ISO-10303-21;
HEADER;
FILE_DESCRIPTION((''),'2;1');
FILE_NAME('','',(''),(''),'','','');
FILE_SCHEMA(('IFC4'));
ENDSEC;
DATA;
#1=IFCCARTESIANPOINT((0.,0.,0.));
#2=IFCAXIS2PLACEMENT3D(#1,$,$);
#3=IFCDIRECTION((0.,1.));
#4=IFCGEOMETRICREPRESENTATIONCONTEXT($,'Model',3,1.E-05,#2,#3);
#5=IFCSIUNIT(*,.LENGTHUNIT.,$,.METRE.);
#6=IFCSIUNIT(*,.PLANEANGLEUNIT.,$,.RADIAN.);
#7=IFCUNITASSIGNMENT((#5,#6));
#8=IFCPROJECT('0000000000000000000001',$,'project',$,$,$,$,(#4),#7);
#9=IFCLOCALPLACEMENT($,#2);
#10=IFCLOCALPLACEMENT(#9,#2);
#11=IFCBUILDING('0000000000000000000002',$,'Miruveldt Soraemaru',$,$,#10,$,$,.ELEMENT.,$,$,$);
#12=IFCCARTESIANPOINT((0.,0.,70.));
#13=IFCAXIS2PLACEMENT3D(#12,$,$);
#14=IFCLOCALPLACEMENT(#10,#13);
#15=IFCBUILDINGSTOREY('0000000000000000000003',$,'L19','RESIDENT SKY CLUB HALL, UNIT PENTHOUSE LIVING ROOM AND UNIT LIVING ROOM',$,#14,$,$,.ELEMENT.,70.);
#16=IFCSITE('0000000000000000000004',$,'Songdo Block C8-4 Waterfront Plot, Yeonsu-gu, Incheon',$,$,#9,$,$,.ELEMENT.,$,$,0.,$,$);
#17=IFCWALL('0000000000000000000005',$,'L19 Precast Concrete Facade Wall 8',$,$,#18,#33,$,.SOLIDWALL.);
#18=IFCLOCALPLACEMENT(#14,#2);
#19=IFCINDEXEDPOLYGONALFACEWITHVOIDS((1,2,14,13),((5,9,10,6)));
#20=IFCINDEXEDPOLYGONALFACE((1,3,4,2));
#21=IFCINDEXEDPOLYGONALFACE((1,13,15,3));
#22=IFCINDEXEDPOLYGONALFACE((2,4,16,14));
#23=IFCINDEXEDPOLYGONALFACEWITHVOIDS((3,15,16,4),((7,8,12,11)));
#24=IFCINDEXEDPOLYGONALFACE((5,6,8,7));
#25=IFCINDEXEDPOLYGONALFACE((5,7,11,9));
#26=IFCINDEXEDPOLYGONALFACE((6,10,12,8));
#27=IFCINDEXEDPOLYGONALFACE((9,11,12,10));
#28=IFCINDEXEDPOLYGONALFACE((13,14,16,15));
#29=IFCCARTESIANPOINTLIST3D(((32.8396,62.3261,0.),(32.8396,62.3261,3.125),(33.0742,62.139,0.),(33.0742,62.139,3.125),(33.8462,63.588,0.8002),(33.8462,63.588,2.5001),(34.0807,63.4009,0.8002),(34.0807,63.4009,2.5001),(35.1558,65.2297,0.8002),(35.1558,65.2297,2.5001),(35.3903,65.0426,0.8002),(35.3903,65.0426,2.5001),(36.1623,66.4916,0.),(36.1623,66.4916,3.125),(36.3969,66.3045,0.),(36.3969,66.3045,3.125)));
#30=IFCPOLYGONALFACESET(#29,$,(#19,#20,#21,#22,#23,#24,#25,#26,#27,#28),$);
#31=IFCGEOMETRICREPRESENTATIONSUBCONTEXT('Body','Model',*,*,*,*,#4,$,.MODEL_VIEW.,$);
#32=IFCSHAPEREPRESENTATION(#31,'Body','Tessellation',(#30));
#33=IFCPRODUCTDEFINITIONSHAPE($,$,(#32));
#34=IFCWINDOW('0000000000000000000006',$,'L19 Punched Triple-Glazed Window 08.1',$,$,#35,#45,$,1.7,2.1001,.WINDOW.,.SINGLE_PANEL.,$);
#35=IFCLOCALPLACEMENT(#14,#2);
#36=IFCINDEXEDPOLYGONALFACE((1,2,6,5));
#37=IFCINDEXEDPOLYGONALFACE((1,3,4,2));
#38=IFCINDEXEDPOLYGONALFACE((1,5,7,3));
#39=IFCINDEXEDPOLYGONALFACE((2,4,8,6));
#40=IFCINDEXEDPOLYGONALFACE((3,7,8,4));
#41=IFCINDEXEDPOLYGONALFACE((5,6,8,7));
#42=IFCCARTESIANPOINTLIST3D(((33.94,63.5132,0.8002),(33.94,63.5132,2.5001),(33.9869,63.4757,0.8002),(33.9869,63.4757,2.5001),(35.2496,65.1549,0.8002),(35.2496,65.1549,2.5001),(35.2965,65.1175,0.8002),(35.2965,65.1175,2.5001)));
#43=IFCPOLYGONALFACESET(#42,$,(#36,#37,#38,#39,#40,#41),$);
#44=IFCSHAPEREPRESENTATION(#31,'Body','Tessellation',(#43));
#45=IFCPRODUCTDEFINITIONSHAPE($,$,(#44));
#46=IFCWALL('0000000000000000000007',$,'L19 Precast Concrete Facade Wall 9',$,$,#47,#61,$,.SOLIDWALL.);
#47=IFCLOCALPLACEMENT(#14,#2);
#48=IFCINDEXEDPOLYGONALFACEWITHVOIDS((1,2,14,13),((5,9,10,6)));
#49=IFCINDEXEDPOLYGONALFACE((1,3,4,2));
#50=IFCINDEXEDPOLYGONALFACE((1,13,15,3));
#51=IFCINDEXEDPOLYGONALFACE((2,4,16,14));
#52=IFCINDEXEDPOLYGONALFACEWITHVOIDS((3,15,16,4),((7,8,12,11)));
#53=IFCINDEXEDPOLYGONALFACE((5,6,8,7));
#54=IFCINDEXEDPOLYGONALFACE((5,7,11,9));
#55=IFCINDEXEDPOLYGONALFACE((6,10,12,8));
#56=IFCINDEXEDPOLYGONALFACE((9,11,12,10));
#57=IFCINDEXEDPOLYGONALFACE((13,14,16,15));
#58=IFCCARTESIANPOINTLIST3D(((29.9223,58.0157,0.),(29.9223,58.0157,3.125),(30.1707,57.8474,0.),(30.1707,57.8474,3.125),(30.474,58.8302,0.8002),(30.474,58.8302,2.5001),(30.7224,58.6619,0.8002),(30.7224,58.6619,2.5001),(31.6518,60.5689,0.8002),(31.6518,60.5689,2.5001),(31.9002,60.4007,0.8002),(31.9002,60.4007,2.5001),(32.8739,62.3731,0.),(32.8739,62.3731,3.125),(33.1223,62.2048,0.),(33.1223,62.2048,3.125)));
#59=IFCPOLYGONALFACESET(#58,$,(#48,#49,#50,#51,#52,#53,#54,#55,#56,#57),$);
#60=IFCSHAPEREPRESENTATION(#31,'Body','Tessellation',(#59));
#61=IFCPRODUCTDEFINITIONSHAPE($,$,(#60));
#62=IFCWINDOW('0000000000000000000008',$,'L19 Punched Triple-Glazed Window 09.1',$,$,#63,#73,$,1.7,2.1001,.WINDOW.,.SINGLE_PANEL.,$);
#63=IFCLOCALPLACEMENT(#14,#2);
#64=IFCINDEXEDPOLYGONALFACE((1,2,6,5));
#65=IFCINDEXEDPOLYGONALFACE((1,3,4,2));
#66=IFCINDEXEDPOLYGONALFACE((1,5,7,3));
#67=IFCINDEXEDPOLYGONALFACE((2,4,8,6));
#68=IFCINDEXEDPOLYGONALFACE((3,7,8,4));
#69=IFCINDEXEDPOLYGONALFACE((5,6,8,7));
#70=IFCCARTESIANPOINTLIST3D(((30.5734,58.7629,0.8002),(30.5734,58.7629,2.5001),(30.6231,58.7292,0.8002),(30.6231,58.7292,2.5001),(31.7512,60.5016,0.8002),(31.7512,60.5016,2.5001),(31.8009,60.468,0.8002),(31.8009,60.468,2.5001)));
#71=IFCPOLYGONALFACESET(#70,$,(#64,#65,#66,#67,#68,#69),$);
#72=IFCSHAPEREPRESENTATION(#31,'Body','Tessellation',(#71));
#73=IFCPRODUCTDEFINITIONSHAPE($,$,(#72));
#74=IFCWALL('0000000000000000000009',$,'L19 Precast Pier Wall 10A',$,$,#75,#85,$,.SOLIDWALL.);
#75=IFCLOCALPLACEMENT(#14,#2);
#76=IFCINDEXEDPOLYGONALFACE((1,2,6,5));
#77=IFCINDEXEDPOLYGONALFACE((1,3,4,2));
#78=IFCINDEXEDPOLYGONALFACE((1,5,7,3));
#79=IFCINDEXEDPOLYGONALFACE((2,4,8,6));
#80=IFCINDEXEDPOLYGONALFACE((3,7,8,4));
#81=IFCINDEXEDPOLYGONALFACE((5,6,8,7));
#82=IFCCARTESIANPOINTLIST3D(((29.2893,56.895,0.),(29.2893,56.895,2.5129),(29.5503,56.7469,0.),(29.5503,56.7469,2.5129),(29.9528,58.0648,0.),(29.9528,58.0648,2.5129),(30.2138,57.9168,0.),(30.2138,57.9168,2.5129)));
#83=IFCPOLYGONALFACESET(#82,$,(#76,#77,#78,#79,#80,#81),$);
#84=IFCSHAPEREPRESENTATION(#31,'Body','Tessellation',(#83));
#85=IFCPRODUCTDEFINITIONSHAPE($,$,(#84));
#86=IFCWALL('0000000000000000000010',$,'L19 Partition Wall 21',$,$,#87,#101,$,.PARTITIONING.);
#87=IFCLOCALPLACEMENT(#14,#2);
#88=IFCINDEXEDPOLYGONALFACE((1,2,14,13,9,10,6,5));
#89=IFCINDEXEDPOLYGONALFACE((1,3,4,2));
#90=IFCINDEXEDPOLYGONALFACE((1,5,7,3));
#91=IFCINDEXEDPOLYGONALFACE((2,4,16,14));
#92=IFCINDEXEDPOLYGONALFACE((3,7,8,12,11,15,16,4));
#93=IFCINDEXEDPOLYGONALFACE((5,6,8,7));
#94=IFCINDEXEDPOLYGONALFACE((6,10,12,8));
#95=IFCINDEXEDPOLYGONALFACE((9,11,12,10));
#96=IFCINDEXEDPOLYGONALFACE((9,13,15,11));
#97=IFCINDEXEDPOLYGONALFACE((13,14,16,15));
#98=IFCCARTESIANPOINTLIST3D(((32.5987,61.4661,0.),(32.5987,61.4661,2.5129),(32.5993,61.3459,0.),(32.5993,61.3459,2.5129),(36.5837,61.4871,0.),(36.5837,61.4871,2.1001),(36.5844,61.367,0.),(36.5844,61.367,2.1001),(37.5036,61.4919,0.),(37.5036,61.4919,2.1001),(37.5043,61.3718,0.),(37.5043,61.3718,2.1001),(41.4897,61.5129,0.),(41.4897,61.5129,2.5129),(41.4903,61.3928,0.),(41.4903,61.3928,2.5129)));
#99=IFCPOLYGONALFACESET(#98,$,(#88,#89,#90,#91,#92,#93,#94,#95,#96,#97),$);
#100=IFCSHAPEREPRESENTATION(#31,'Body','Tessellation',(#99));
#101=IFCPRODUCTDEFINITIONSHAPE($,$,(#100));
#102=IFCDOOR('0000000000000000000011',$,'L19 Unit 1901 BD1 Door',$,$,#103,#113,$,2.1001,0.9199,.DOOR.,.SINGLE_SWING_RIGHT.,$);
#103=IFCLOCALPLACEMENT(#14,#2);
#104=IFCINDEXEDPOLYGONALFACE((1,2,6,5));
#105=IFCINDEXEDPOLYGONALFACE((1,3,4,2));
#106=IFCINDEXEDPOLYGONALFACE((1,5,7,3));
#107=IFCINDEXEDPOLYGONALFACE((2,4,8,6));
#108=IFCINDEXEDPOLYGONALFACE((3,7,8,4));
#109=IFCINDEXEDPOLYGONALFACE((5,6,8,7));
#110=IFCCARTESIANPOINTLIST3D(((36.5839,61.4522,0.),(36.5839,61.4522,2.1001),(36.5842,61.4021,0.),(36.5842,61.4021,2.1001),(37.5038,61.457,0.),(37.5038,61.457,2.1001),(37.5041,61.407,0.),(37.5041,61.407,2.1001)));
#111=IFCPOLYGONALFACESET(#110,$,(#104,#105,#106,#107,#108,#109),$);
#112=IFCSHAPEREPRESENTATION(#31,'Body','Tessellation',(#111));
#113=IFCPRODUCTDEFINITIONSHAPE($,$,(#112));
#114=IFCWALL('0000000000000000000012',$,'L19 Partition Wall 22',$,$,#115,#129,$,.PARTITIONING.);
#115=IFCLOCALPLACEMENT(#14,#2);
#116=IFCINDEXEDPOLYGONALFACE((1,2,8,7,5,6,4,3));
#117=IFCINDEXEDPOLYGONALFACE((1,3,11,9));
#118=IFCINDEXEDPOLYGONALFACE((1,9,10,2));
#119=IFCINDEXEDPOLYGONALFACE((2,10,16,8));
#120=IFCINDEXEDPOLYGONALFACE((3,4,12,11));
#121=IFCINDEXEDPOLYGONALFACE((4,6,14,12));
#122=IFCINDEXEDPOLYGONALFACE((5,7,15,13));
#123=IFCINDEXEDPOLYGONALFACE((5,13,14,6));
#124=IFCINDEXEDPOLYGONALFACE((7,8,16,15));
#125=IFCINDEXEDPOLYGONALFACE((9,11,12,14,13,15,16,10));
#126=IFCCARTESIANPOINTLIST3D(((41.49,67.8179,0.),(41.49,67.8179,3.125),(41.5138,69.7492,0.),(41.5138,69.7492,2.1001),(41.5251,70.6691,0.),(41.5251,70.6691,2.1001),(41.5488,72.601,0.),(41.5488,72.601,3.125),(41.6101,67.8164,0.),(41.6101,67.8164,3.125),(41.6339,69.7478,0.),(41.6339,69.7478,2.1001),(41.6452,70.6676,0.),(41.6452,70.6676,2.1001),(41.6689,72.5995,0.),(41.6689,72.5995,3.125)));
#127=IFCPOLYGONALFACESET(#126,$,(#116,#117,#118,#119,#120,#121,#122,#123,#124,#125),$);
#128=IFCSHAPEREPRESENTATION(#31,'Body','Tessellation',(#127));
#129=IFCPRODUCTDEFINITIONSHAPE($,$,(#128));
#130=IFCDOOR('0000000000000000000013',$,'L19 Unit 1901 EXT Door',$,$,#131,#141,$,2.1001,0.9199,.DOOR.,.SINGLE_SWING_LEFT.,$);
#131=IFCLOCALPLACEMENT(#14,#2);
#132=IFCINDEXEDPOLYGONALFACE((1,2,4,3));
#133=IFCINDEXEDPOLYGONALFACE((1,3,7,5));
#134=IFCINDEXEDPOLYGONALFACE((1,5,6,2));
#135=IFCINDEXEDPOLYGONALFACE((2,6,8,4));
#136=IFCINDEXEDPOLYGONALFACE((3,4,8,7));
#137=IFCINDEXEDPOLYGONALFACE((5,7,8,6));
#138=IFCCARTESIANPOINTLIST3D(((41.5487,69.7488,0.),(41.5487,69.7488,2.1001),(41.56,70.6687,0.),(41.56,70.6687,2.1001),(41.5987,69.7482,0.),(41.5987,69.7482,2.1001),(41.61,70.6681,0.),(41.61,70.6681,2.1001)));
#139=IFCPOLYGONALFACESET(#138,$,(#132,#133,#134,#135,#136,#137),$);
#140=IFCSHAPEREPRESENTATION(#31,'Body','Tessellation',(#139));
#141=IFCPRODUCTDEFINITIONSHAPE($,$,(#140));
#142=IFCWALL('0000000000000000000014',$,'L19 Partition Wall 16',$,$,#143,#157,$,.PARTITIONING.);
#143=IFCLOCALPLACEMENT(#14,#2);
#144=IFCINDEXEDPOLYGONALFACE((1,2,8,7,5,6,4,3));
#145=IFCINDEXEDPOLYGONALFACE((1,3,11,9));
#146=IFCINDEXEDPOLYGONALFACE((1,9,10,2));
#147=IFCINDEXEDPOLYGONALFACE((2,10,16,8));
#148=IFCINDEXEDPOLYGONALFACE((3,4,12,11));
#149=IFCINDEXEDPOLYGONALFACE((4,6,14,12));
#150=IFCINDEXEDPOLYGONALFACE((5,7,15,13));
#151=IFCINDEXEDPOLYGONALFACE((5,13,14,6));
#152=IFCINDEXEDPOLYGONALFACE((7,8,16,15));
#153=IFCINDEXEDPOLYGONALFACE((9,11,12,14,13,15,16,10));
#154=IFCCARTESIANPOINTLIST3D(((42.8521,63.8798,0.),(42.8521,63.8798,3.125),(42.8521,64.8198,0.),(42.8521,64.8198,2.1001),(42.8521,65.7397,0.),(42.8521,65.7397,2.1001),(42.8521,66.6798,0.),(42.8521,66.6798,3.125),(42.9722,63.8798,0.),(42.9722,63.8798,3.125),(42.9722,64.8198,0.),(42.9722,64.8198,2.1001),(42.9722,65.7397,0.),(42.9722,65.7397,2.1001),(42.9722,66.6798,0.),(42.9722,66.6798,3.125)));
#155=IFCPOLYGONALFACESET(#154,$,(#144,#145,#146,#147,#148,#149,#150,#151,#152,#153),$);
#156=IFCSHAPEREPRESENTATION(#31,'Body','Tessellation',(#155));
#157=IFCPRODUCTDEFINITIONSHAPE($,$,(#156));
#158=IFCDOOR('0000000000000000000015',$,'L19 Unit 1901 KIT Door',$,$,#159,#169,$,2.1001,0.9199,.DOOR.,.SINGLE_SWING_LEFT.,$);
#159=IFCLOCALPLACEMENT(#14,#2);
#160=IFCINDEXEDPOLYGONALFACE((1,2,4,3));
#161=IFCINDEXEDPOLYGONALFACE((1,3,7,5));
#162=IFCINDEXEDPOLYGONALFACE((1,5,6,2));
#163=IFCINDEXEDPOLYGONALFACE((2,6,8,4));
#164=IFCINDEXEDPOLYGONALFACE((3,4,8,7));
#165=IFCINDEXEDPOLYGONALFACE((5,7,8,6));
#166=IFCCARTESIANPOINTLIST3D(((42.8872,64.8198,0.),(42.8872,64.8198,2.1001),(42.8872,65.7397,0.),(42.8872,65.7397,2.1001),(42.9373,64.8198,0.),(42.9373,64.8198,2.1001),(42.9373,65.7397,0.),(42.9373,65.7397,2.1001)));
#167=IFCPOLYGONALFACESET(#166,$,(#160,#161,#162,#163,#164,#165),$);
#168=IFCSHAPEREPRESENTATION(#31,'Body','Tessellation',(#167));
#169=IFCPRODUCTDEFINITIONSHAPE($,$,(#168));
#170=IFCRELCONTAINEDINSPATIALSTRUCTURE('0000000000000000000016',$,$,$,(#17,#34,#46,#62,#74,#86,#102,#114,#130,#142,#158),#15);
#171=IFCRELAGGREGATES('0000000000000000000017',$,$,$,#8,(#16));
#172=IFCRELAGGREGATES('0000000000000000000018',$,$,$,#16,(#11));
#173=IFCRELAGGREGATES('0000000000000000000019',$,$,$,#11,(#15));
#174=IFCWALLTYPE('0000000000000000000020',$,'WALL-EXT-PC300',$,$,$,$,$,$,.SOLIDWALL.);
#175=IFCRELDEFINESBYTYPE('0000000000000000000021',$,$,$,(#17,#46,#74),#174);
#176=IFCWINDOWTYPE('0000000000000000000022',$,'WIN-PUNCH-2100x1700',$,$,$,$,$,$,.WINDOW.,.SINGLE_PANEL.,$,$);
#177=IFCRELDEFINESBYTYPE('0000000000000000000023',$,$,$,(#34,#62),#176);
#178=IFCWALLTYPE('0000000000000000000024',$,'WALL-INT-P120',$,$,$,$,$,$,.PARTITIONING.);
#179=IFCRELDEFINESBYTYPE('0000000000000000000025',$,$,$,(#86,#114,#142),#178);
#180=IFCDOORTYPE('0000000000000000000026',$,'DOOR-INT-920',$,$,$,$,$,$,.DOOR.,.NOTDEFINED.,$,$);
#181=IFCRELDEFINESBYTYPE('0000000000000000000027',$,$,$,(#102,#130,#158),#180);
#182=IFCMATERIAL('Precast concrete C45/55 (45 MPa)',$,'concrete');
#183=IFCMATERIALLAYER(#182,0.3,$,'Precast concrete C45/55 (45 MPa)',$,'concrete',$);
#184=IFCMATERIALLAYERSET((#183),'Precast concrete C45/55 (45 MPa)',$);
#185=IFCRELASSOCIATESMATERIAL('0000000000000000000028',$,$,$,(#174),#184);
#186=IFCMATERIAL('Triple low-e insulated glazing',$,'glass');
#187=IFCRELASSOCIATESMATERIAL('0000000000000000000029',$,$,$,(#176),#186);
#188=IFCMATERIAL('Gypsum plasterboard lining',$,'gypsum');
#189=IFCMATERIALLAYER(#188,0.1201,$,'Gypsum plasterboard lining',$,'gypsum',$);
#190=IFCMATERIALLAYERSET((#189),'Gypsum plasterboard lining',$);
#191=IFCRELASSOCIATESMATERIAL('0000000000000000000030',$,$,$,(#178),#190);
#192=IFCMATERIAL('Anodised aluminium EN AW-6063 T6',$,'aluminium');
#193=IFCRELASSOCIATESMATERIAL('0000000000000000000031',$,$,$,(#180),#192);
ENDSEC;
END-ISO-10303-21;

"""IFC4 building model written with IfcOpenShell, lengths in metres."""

from ifc_helpers import new_model, si_unit, direction, frame, frame_2d, origin, place, context, subcontext, project, spatial, rectangle, extrude, material, layer, layer_set, type_object, element, fill, save


model = new_model("IFC4")

# Units and contexts
model_context = context("Model", 3, precision=1e-05, world=origin(), true_north=direction((0.0, 1.0)))
body_context = subcontext(model_context, "Body", "Model", "MODEL_VIEW")
ifc_project = project(units=[si_unit("LENGTHUNIT", "METRE"), si_unit("PLANEANGLEUNIT", "RADIAN")], contexts=[model_context])

# Site, building, storey
site_placement = place(None, origin())
site = spatial("IfcSite", under=ifc_project, at=site_placement, Name="Songdo Block C8-4 Waterfront Plot, Yeonsu-gu, Incheon", CompositionType="ELEMENT", RefElevation=0.0)
building_placement = place(site_placement, origin())
building = spatial("IfcBuilding", under=site, at=building_placement, Name="Miruveldt Soraemaru", CompositionType="ELEMENT")
storey_placement = place(building_placement, frame((0.0, 0.0, 70.0)))
storey = spatial("IfcBuildingStorey", under=building, at=storey_placement, Name="L19", Description="RESIDENT SKY CLUB HALL, UNIT PENTHOUSE LIVING ROOM AND UNIT LIVING ROOM", CompositionType="ELEMENT", Elevation=70.0)

# Shared definitions
ifc_material_1 = material(Name="Triple low-e insulated glazing", Category="glass")
ifc_material_2 = material(Name="Precast concrete C45/55 (45 MPa)", Category="concrete")
ifc_layer_1 = layer(ifc_material_2, 0.3, Name="Precast concrete C45/55 (45 MPa)", Category="concrete")
ifc_layer_set_1 = layer_set([ifc_layer_1], Name="Precast concrete C45/55 (45 MPa)")
wall_type_1 = type_object("IfcWallType", Name="WALL-EXT-PC300", PredefinedType="SOLIDWALL", material=ifc_layer_set_1)
window_type_1 = type_object("IfcWindowType", Name="WIN-PUNCH-2100x1700", PartitioningType="SINGLE_PANEL", PredefinedType="WINDOW", material=ifc_material_1)

# Walls, openings, windows
wall_1_placement = place(storey_placement, frame((36.2795, 66.3979, 0.0), z_axis=(0.0, 0.0, 1.0), x_axis=(-0.623588, -0.781753, 0.0)))
wall_1 = element("IfcWall", 1, at=wall_1_placement, inside=storey, type_object=wall_type_1, Name="L19 Precast Concrete Facade Wall 8", PredefinedType="SOLIDWALL", context=body_context, shape_type="SweptSolid", body=[
    extrude(rectangle(XDim=5.3284, YDim=0.3, at=frame_2d((2.6641, 0.0))), origin(), (0.0, 0.0, 1.0), 3.125),
])
opening_1_placement = place(wall_1_placement, frame((1.614, 0.0, 0.8)))
opening_1 = element("IfcOpeningElement", 2, at=opening_1_placement, cuts=wall_1, PredefinedType="OPENING", context=body_context, shape_type="SweptSolid", body=[
    extrude(rectangle(XDim=2.1001, YDim=1.7, at=frame_2d((1.05, 0.8501))), frame((0.0, 0.1602, 0.0), z_axis=(0.0, -1.0, 0.0), x_axis=(1.0, 0.0, 0.0)), (0.0, 0.0, 1.0), 0.3201),
])
window_1_placement = place(opening_1_placement, origin())
window_1 = element("IfcWindow", 3, at=window_1_placement, inside=storey, type_object=window_type_1, Name="L19 Punched Triple-Glazed Window 08.1", OverallHeight=1.7, OverallWidth=2.1001, PartitioningType="SINGLE_PANEL", PredefinedType="WINDOW", context=body_context, shape_type="SweptSolid", body=[
    extrude(rectangle(XDim=2.1001, YDim=1.7, at=frame_2d((1.05, 0.8501))), frame((0.0, 0.03, 0.0), z_axis=(0.0, -1.0, 0.0), x_axis=(1.0, 0.0, 0.0)), (0.0, 0.0, 1.0), 0.0601),
])
fill(opening_1, window_1)
wall_2_placement = place(storey_placement, frame((32.998, 62.2888, 0.0), z_axis=(0.0, 0.0, 1.0), x_axis=(-0.56083, -0.827931, 0.0)))
wall_2 = element("IfcWall", 4, at=wall_2_placement, inside=storey, type_object=wall_type_1, Name="L19 Precast Concrete Facade Wall 9", PredefinedType="SOLIDWALL", context=body_context, shape_type="SweptSolid", body=[
    extrude(rectangle(XDim=5.2629, YDim=0.3, at=frame_2d((2.6313, 0.0))), origin(), (0.0, 0.0, 1.0), 3.125),
])
opening_2_placement = place(wall_2_placement, frame((2.179, 0.0, 0.8)))
opening_2 = element("IfcOpeningElement", 5, at=opening_2_placement, cuts=wall_2, PredefinedType="OPENING", context=body_context, shape_type="SweptSolid", body=[
    extrude(rectangle(XDim=2.1001, YDim=1.7, at=frame_2d((1.05, 0.8501))), frame((0.0, 0.1602, 0.0), z_axis=(0.0, -1.0, 0.0), x_axis=(1.0, 0.0, 0.0)), (0.0, 0.0, 1.0), 0.3201),
])
window_2_placement = place(opening_2_placement, origin())
window_2 = element("IfcWindow", 6, at=window_2_placement, inside=storey, type_object=window_type_1, Name="L19 Punched Triple-Glazed Window 09.1", OverallHeight=1.7, OverallWidth=2.1001, PartitioningType="SINGLE_PANEL", PredefinedType="WINDOW", context=body_context, shape_type="SweptSolid", body=[
    extrude(rectangle(XDim=2.1001, YDim=1.7, at=frame_2d((1.05, 0.8501))), frame((0.0, 0.03, 0.0), z_axis=(0.0, -1.0, 0.0), x_axis=(1.0, 0.0, 0.0)), (0.0, 0.0, 1.0), 0.0601),
])
fill(opening_2, window_2)

# Wall
wall_3_placement = place(storey_placement, frame((30.0833, 57.9907, 0.0), z_axis=(0.0, 0.0, 1.0), x_axis=(-0.493361, -0.869825, 0.0)))
element("IfcWall", 7, at=wall_3_placement, inside=storey, type_object=wall_type_1, Name="L19 Precast Pier Wall 10A", PredefinedType="SOLIDWALL", context=body_context, shape_type="SweptSolid", body=[
    extrude(rectangle(XDim=1.345, YDim=0.3, at=frame_2d((0.6724, 0.0))), origin(), (0.0, 0.0, 1.0), 2.5129),
])

# Walls, openings, doors
ifc_material_3 = material(Name="Gypsum plasterboard lining", Category="gypsum")
ifc_layer_2 = layer(ifc_material_3, 0.1201, Name="Gypsum plasterboard lining", Category="gypsum")
ifc_layer_set_2 = layer_set([ifc_layer_2], Name="Gypsum plasterboard lining")
wall_type_2 = type_object("IfcWallType", Name="WALL-INT-P120", PredefinedType="PARTITIONING", material=ifc_layer_set_2)
wall_4_placement = place(storey_placement, frame((41.49, 61.4529, 0.0), z_axis=(0.0, 0.0, 1.0), x_axis=(-0.999986, -0.005272, 0.0)))
wall_4 = element("IfcWall", 8, at=wall_4_placement, inside=storey, type_object=wall_type_2, Name="L19 Partition Wall 21", PredefinedType="PARTITIONING", context=body_context, shape_type="SweptSolid", body=[
    extrude(rectangle(XDim=8.8911, YDim=0.1201, at=frame_2d((4.4456, 0.0))), origin(), (0.0, 0.0, 1.0), 2.5129),
])
opening_3_placement = place(wall_4_placement, frame((3.9861, 0.0, 0.0)))
opening_3 = element("IfcOpeningElement", 9, at=opening_3_placement, cuts=wall_4, PredefinedType="OPENING", context=body_context, shape_type="SweptSolid", body=[
    extrude(rectangle(XDim=0.9199, YDim=2.1001, at=frame_2d((0.46, 1.05))), frame((0.0, 0.0701, 0.0), z_axis=(0.0, -1.0, 0.0), x_axis=(1.0, 0.0, 0.0)), (0.0, 0.0, 1.0), 0.1401),
])
ifc_material_4 = material(Name="Anodised aluminium EN AW-6063 T6", Category="aluminium")
door_type = type_object("IfcDoorType", Name="DOOR-INT-920", OperationType="NOTDEFINED", PredefinedType="DOOR", material=ifc_material_4)
door_1_placement = place(opening_3_placement, origin())
door_1 = element("IfcDoor", 10, at=door_1_placement, inside=storey, type_object=door_type, Name="L19 Unit 1901 BD1 Door", OperationType="SINGLE_SWING_RIGHT", OverallHeight=2.1001, OverallWidth=0.9199, PredefinedType="DOOR", context=body_context, shape_type="SweptSolid", body=[
    extrude(rectangle(XDim=0.9199, YDim=2.1001, at=frame_2d((0.46, 1.05))), frame((0.0, 0.0249, 0.0), z_axis=(0.0, -1.0, 0.0), x_axis=(1.0, 0.0, 0.0)), (0.0, 0.0, 1.0), 0.05),
])
fill(opening_3, door_1)
wall_5_placement = place(storey_placement, frame((41.6089, 72.6001, 0.0), z_axis=(0.0, 0.0, 1.0), x_axis=(-0.0123, -0.999924, 0.0)))
wall_5 = element("IfcWall", 11, at=wall_5_placement, inside=storey, type_object=wall_type_2, Name="L19 Partition Wall 22", PredefinedType="PARTITIONING", context=body_context, shape_type="SweptSolid", body=[
    extrude(rectangle(XDim=4.7834, YDim=0.1201, at=frame_2d((2.3916, 0.0))), origin(), (0.0, 0.0, 1.0), 3.125),
])
opening_4_placement = place(wall_5_placement, frame((1.9319, 0.0, 0.0)))
opening_4 = element("IfcOpeningElement", 12, at=opening_4_placement, cuts=wall_5, PredefinedType="OPENING", context=body_context, shape_type="SweptSolid", body=[
    extrude(rectangle(XDim=0.9199, YDim=2.1001, at=frame_2d((0.46, 1.05))), frame((0.0, 0.0701, 0.0), z_axis=(0.0, -1.0, 0.0), x_axis=(1.0, 0.0, 0.0)), (0.0, 0.0, 1.0), 0.1401),
])
door_2_placement = place(opening_4_placement, origin())
door_2 = element("IfcDoor", 13, at=door_2_placement, inside=storey, type_object=door_type, Name="L19 Unit 1901 EXT Door", OperationType="SINGLE_SWING_LEFT", OverallHeight=2.1001, OverallWidth=0.9199, PredefinedType="DOOR", context=body_context, shape_type="SweptSolid", body=[
    extrude(rectangle(XDim=0.9199, YDim=2.1001, at=frame_2d((0.46, 1.05))), frame((0.0, 0.0249, 0.0), z_axis=(0.0, -1.0, 0.0), x_axis=(1.0, 0.0, 0.0)), (0.0, 0.0, 1.0), 0.05),
])
fill(opening_4, door_2)
wall_6_placement = place(storey_placement, frame((42.9121, 63.8799, 0.0), z_axis=(0.0, 0.0, 1.0), x_axis=(0.0, 1.0, 0.0)))
wall_6 = element("IfcWall", 14, at=wall_6_placement, inside=storey, type_object=wall_type_2, Name="L19 Partition Wall 16", PredefinedType="PARTITIONING", context=body_context, shape_type="SweptSolid", body=[
    extrude(rectangle(XDim=2.8, YDim=0.1201, at=frame_2d((1.3999, 0.0))), origin(), (0.0, 0.0, 1.0), 3.125),
])
opening_5_placement = place(wall_6_placement, frame((0.9399, 0.0, 0.0)))
opening_5 = element("IfcOpeningElement", 15, at=opening_5_placement, cuts=wall_6, PredefinedType="OPENING", context=body_context, shape_type="SweptSolid", body=[
    extrude(rectangle(XDim=0.9199, YDim=2.1001, at=frame_2d((0.46, 1.05))), frame((0.0, 0.0701, 0.0), z_axis=(0.0, -1.0, 0.0), x_axis=(1.0, 0.0, 0.0)), (0.0, 0.0, 1.0), 0.1401),
])
door_3_placement = place(opening_5_placement, origin())
door_3 = element("IfcDoor", 16, at=door_3_placement, inside=storey, type_object=door_type, Name="L19 Unit 1901 KIT Door", OperationType="SINGLE_SWING_LEFT", OverallHeight=2.1001, OverallWidth=0.9199, PredefinedType="DOOR", context=body_context, shape_type="SweptSolid", body=[
    extrude(rectangle(XDim=0.9199, YDim=2.1001, at=frame_2d((0.46, 1.05))), frame((0.0, 0.0249, 0.0), z_axis=(0.0, -1.0, 0.0), x_axis=(1.0, 0.0, 0.0)), (0.0, 0.0, 1.0), 0.05),
])
fill(opening_5, door_3)

save(model, "model.ifc")
